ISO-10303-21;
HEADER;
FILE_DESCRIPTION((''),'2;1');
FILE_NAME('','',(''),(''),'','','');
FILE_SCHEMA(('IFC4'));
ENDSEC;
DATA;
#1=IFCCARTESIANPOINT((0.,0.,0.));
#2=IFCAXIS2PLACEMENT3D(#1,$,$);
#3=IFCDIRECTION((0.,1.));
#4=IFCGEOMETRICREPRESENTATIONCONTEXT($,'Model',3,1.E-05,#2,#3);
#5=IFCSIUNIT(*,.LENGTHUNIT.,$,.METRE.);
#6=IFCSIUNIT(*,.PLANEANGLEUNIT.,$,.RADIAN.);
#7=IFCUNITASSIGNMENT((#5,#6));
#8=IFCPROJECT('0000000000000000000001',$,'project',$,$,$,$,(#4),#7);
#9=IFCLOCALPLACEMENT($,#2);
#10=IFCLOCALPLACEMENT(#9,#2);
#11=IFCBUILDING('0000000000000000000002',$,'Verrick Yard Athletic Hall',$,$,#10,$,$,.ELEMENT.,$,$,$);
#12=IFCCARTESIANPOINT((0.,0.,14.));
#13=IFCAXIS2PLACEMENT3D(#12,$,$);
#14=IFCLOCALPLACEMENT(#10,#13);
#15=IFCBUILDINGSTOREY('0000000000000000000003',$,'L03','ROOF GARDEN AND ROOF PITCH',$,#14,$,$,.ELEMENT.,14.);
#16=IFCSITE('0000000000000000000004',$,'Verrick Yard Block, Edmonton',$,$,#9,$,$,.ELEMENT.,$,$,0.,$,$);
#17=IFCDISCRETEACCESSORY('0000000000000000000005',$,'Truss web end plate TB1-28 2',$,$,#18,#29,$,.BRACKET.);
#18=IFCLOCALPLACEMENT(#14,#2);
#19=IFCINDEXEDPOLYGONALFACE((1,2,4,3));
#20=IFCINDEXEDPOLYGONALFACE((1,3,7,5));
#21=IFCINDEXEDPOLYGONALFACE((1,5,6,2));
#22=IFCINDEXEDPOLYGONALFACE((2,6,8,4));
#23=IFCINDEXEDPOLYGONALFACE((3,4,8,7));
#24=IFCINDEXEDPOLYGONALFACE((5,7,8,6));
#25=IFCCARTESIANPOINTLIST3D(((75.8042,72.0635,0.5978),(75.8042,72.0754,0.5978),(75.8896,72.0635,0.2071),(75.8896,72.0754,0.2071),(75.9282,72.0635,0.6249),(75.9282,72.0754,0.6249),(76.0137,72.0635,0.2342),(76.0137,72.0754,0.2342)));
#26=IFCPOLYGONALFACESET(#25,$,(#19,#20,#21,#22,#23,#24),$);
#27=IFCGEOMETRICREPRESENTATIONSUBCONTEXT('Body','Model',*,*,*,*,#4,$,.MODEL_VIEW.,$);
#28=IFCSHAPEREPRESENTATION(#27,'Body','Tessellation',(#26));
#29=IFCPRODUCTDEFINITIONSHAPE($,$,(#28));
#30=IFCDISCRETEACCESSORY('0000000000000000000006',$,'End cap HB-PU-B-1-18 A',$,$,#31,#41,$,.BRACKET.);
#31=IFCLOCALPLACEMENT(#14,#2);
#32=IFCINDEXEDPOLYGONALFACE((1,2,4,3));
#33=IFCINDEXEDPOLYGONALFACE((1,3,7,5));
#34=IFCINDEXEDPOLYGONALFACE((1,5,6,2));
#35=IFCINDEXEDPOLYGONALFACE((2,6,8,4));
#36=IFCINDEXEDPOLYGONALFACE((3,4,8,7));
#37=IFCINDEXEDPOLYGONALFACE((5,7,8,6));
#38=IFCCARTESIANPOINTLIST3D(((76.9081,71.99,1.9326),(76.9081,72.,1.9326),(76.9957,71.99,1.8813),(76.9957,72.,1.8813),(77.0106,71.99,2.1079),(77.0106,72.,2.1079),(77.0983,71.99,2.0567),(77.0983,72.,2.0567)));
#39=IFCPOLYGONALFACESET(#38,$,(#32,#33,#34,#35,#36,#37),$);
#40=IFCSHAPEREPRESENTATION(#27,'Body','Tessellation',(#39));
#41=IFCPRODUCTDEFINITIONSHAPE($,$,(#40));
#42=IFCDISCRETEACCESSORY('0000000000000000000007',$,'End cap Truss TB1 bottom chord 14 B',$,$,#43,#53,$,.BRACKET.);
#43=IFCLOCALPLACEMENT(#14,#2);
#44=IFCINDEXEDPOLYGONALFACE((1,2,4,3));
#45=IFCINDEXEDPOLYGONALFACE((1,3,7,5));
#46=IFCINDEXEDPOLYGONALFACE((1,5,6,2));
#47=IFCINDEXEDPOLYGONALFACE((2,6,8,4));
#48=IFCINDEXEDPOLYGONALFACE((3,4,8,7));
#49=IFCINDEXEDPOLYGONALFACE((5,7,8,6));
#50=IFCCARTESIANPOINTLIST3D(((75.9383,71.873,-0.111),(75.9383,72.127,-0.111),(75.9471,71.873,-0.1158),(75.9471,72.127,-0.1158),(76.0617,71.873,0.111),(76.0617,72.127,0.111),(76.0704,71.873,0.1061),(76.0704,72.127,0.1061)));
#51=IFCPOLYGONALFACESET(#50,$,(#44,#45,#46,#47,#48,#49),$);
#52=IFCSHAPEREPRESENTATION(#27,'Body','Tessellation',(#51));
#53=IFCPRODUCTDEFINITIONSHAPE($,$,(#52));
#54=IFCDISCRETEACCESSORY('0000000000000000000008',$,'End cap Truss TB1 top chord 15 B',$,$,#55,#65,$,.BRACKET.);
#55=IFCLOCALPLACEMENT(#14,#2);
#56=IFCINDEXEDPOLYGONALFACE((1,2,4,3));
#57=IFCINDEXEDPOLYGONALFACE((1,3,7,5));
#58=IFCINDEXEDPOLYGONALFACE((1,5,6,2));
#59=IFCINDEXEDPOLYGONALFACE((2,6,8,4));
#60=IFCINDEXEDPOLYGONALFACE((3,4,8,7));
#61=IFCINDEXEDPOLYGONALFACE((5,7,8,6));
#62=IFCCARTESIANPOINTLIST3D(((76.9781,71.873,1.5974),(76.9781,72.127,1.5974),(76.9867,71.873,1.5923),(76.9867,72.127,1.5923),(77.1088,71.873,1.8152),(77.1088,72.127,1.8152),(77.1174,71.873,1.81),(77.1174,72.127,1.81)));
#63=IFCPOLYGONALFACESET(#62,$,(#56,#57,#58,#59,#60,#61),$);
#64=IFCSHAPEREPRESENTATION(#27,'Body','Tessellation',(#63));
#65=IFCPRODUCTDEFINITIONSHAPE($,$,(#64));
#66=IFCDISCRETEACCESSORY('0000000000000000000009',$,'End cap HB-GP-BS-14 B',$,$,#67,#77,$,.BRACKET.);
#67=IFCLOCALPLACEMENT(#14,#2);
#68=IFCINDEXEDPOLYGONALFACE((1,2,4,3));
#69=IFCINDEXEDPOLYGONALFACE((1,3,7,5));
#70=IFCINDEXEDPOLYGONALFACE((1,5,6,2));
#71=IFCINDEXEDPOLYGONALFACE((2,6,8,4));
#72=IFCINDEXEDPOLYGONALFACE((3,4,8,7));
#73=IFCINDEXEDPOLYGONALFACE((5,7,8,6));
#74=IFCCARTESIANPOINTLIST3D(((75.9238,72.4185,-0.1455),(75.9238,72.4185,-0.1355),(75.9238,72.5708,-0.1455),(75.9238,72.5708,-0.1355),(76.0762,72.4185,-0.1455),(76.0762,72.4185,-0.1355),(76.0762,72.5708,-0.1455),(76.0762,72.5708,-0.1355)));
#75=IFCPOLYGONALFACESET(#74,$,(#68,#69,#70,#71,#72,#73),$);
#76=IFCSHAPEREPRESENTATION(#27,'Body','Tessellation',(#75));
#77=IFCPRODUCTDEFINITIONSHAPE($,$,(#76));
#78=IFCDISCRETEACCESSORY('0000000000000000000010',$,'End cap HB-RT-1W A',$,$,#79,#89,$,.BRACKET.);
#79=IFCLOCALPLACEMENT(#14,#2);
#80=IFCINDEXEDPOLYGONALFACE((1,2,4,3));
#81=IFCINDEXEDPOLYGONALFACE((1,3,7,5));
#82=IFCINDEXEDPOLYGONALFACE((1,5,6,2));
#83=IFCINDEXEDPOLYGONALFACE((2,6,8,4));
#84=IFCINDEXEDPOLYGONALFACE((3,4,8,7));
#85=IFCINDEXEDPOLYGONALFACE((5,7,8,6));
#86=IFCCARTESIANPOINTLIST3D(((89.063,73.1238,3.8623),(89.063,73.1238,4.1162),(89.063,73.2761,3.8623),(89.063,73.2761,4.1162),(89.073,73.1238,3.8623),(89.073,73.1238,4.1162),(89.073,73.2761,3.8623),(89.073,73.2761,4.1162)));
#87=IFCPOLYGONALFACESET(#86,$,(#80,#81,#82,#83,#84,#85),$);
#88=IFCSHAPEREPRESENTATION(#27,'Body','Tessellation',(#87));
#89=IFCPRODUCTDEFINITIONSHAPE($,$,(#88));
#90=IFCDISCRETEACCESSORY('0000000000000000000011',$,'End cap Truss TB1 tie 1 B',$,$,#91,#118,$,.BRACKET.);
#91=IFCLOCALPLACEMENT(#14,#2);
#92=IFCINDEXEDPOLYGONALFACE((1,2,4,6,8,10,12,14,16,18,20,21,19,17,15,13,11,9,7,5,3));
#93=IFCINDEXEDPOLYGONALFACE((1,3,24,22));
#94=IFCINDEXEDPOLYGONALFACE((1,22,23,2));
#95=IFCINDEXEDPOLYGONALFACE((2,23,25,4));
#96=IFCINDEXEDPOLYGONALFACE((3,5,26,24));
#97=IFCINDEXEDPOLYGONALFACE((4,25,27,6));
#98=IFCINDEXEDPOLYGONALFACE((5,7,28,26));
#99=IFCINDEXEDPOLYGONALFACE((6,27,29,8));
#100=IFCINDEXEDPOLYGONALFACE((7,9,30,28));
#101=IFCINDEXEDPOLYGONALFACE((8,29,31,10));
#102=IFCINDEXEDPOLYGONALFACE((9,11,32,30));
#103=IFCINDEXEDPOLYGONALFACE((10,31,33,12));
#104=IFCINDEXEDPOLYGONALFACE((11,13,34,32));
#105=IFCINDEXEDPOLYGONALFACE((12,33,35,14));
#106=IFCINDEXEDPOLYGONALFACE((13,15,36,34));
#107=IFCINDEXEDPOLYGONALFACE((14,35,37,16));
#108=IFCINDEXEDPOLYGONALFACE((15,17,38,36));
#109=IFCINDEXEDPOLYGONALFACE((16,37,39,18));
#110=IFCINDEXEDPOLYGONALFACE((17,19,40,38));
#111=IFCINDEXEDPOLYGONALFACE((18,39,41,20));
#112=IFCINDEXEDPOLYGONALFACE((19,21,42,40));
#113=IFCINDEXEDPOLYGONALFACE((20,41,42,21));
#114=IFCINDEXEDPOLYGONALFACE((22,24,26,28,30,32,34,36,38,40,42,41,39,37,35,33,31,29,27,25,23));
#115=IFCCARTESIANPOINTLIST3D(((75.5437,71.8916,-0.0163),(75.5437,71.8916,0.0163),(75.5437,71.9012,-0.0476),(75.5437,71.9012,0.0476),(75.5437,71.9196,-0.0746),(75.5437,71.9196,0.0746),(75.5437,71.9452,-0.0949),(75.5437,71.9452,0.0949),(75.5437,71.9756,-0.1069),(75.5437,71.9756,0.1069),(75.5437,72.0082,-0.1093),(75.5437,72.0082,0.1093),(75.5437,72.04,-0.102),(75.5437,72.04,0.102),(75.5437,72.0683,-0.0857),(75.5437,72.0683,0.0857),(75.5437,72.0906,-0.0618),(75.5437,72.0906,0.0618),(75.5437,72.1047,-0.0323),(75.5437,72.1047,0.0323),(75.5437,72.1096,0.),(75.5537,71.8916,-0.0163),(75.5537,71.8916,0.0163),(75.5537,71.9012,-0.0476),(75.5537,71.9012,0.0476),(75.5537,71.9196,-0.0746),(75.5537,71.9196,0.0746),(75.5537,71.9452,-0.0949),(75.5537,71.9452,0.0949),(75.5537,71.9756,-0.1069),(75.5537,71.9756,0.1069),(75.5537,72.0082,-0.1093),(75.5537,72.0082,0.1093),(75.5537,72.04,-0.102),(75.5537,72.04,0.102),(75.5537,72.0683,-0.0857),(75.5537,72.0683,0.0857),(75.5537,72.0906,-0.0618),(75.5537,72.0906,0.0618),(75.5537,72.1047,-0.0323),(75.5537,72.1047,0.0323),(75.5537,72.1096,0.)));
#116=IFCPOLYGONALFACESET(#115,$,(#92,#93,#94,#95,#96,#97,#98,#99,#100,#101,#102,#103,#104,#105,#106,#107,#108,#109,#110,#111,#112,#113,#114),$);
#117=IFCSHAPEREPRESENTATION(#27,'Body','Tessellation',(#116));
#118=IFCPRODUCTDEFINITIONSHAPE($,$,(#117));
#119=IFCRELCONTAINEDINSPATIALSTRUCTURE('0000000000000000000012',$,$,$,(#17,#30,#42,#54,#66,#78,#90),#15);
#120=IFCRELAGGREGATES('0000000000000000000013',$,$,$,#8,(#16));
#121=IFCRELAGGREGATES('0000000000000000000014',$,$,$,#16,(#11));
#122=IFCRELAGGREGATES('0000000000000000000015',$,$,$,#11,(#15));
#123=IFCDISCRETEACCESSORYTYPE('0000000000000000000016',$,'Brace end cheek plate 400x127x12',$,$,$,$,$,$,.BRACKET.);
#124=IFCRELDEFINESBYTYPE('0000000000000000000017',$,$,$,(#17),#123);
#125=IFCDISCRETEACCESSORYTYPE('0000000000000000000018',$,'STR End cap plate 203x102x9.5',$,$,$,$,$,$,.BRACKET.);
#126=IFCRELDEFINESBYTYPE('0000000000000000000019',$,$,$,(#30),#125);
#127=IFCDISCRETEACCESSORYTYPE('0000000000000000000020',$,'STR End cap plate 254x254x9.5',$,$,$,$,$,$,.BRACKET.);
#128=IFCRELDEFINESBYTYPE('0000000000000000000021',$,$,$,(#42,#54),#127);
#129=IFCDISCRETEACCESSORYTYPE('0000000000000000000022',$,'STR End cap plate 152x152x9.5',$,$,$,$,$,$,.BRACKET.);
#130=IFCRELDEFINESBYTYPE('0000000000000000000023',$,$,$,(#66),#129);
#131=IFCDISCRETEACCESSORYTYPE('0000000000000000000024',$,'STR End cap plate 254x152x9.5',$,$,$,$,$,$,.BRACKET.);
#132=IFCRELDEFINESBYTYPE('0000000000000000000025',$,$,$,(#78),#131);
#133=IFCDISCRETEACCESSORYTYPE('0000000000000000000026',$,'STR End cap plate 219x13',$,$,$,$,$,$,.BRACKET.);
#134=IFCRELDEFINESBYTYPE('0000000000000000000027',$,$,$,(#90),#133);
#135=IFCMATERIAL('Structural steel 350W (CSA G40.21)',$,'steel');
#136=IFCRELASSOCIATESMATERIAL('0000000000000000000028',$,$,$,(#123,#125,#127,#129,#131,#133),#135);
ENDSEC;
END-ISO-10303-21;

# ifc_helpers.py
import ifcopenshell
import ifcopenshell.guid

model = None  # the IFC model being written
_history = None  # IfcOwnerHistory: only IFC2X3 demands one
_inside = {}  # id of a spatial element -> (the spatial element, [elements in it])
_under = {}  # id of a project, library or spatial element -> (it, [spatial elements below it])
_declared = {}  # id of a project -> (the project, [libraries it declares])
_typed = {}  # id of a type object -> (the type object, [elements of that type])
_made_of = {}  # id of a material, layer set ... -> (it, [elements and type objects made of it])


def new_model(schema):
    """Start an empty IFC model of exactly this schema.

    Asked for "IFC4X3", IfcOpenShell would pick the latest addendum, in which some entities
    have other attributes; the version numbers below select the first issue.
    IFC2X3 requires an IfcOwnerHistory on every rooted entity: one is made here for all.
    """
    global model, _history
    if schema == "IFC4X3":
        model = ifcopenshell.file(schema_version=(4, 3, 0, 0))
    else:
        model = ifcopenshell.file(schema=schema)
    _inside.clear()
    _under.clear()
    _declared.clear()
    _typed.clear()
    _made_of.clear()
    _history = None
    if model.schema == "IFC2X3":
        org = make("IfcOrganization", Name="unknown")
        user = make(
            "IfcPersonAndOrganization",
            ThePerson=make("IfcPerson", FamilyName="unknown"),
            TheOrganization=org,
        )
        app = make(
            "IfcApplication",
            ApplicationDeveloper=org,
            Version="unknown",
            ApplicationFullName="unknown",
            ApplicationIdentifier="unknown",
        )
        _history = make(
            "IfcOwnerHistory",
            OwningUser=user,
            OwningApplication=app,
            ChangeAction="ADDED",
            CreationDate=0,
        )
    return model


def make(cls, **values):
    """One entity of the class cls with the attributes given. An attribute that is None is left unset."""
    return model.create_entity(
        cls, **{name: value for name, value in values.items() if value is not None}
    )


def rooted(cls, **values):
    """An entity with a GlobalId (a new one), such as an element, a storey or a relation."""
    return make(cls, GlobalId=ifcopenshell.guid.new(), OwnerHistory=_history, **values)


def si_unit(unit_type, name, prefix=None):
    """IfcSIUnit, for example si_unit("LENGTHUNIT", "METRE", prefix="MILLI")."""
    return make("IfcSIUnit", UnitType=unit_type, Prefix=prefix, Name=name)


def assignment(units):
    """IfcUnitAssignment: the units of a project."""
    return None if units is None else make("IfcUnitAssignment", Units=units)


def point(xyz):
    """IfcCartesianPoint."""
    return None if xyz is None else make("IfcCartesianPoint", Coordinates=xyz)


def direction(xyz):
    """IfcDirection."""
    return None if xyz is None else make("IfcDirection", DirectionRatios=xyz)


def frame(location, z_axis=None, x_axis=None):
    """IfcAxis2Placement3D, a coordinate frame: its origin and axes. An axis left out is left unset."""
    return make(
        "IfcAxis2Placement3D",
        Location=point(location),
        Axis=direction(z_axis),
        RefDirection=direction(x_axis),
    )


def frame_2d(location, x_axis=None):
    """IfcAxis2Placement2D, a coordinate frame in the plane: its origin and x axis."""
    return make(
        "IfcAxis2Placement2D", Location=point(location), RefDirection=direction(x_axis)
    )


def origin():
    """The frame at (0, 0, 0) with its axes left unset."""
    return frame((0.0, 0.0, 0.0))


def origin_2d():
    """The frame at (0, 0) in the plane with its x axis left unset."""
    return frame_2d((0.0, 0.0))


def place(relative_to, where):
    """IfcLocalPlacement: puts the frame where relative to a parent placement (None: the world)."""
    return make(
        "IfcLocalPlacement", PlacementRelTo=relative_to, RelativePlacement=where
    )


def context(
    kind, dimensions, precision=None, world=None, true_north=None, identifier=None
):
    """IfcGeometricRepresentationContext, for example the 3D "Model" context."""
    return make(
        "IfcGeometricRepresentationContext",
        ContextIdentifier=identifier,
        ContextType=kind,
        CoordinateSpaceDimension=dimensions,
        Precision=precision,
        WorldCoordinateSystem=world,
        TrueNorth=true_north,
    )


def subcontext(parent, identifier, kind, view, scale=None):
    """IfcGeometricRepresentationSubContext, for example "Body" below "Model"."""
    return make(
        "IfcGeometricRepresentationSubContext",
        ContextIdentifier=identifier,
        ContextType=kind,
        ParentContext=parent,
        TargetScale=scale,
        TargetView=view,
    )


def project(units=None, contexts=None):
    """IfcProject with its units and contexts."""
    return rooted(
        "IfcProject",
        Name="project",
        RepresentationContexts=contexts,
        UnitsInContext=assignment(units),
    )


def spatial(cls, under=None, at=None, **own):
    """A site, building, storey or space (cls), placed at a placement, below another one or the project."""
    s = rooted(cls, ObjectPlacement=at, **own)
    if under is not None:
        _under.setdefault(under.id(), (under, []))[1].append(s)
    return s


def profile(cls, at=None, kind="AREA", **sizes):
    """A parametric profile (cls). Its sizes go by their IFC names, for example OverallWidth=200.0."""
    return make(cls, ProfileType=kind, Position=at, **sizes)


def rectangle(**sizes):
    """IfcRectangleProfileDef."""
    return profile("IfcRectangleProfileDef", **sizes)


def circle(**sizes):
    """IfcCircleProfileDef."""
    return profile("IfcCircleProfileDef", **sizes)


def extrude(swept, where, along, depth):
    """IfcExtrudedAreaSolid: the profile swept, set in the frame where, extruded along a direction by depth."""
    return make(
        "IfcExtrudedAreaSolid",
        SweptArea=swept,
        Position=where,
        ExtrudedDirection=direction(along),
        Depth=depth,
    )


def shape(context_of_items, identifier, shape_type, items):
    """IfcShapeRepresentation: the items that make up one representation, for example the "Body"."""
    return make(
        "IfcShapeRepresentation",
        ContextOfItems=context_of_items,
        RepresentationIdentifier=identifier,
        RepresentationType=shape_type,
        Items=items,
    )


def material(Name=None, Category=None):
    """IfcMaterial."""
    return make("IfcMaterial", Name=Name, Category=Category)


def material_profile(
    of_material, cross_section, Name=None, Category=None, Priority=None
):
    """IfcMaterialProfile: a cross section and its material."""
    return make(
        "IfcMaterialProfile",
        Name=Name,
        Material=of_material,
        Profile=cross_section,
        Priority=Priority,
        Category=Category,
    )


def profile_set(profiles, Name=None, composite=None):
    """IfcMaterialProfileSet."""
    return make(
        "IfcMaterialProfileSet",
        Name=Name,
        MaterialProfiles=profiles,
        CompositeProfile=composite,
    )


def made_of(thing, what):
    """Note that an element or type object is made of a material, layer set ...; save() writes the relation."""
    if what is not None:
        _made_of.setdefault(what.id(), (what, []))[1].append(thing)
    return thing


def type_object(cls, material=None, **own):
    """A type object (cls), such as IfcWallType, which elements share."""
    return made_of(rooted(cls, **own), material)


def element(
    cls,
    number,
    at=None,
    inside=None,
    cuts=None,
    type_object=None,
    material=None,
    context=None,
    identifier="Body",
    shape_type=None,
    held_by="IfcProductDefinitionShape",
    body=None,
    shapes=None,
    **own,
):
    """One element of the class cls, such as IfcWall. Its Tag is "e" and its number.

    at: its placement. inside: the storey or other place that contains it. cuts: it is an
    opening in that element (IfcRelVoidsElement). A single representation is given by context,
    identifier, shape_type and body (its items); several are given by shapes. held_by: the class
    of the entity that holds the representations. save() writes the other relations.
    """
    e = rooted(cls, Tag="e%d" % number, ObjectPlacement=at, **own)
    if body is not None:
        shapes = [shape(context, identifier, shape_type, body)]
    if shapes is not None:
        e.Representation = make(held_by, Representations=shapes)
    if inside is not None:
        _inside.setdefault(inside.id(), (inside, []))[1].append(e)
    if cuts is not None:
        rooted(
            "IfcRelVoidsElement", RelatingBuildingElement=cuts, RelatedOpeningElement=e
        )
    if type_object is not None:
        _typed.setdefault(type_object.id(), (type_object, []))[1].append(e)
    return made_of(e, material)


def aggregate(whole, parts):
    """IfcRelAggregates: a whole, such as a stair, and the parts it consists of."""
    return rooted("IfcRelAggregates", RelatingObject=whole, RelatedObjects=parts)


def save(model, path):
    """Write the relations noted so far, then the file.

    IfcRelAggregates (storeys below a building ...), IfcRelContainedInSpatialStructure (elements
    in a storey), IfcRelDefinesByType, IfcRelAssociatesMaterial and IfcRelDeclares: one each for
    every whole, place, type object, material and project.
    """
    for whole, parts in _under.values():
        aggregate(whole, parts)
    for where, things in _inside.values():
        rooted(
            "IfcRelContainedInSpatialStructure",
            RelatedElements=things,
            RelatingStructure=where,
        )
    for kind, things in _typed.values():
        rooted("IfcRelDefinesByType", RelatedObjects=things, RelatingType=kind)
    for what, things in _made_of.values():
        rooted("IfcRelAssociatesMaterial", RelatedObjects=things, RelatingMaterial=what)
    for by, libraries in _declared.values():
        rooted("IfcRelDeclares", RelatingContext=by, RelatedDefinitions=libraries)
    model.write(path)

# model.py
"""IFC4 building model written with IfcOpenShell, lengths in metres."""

from ifc_helpers import new_model, si_unit, direction, frame, origin, origin_2d, place, context, subcontext, project, spatial, rectangle, circle, extrude, material, material_profile, profile_set, type_object, element, save


model = new_model("IFC4")

# Units and contexts
model_context = context("Model", 3, precision=1e-05, world=origin(), true_north=direction((0.0, 1.0)))
body_context = subcontext(model_context, "Body", "Model", "MODEL_VIEW")
ifc_project = project(units=[si_unit("LENGTHUNIT", "METRE"), si_unit("PLANEANGLEUNIT", "RADIAN")], contexts=[model_context])

# Site, building, storey
site_placement = place(None, origin())
site = spatial("IfcSite", under=ifc_project, at=site_placement, Name="Verrick Yard Block, Edmonton", CompositionType="ELEMENT", RefElevation=0.0)
building_placement = place(site_placement, origin())
building = spatial("IfcBuilding", under=site, at=building_placement, Name="Verrick Yard Athletic Hall", CompositionType="ELEMENT")
storey_placement = place(building_placement, frame((0.0, 0.0, 14.0)))
storey = spatial("IfcBuildingStorey", under=building, at=storey_placement, Name="L03", Description="ROOF GARDEN AND ROOF PITCH", CompositionType="ELEMENT", Elevation=14.0)

# Discrete accessories
ifc_material_1 = material(Name="Structural steel 350W (CSA G40.21)", Category="steel")
ifc_material_profile_1 = material_profile(ifc_material_1, rectangle(XDim=0.3999, YDim=0.127, at=origin_2d()), Name="Brace end cheek plate")
ifc_profile_set_1 = profile_set([ifc_material_profile_1], Name="Structural steel 350W (CSA G40.21)")
discrete_accessory_type_1 = type_object("IfcDiscreteAccessoryType", Name="Brace end cheek plate 400x127x12", PredefinedType="BRACKET", material=ifc_profile_set_1)
discrete_accessory_1_placement = place(storey_placement, frame((75.9089, 72.0635, 0.416), z_axis=(0.0, 1.0, 0.0), x_axis=(-0.213605, 0.0, 0.97692)))
element("IfcDiscreteAccessory", 1, at=discrete_accessory_1_placement, inside=storey, type_object=discrete_accessory_type_1, Name="Truss web end plate TB1-28 2", PredefinedType="BRACKET", context=body_context, shape_type="SweptSolid", body=[
    extrude(rectangle(XDim=0.3999, YDim=0.127, at=origin_2d()), origin(), (0.0, 0.0, 1.0), 0.012),
])
ifc_material_profile_2 = material_profile(ifc_material_1, rectangle(XDim=0.1016, YDim=0.2031, at=origin_2d()), Name="STR End cap plate 203x102x9.5")
ifc_profile_set_2 = profile_set([ifc_material_profile_2], Name="Structural steel 350W (CSA G40.21)")
discrete_accessory_type_2 = type_object("IfcDiscreteAccessoryType", Name="STR End cap plate 203x102x9.5", PredefinedType="BRACKET", material=ifc_profile_set_2)
discrete_accessory_2_placement = place(storey_placement, frame((77.0032, 71.99, 1.9946), z_axis=(0.0, 1.0, 0.0), x_axis=(-0.863168, 0.0, 0.504917)))
element("IfcDiscreteAccessory", 2, at=discrete_accessory_2_placement, inside=storey, type_object=discrete_accessory_type_2, Name="End cap HB-PU-B-1-18 A", PredefinedType="BRACKET", context=body_context, shape_type="SweptSolid", body=[
    extrude(rectangle(XDim=0.1016, YDim=0.2031, at=origin_2d()), origin(), (0.0, 0.0, 1.0), 0.01),
])
ifc_material_profile_3 = material_profile(ifc_material_1, rectangle(XDim=0.2539, YDim=0.2539, at=origin_2d()), Name="STR End cap plate 254x254x9.5")
ifc_profile_set_3 = profile_set([ifc_material_profile_3], Name="Structural steel 350W (CSA G40.21)")
discrete_accessory_type_3 = type_object("IfcDiscreteAccessoryType", Name="STR End cap plate 254x254x9.5", PredefinedType="BRACKET", material=ifc_profile_set_3)
for number, where, z_axis, x_axis, name in (
    (3, (76.0, 72.0, 0.0), (0.874157, 0.0, -0.485643), (0.0, 1.0, 0.0), "End cap Truss TB1 bottom chord 14 B"),
    (4, (77.0435, 72.0, 1.7063), (0.857493, 0.0, -0.514496), (0.0, 1.0, 0.0), "End cap Truss TB1 top chord 15 B"),
):
    element("IfcDiscreteAccessory", number, at=place(storey_placement, frame(where, z_axis=z_axis, x_axis=x_axis)), inside=storey, type_object=discrete_accessory_type_3, Name=name, PredefinedType="BRACKET", context=body_context, shape_type="SweptSolid", body=[
        extrude(rectangle(XDim=0.2539, YDim=0.2539, at=origin_2d()), origin(), (0.0, 0.0, 1.0), 0.01),
    ])
ifc_material_profile_4 = material_profile(ifc_material_1, rectangle(XDim=0.1523, YDim=0.1523, at=origin_2d()), Name="STR End cap plate 152x152x9.5")
ifc_profile_set_4 = profile_set([ifc_material_profile_4], Name="Structural steel 350W (CSA G40.21)")
discrete_accessory_type_4 = type_object("IfcDiscreteAccessoryType", Name="STR End cap plate 152x152x9.5", PredefinedType="BRACKET", material=ifc_profile_set_4)
discrete_accessory_3_placement = place(storey_placement, frame((76.0, 72.4946, -0.1455), z_axis=(0.0, 0.0, 1.0), x_axis=(1.0, 0.0, 0.0)))
element("IfcDiscreteAccessory", 5, at=discrete_accessory_3_placement, inside=storey, type_object=discrete_accessory_type_4, Name="End cap HB-GP-BS-14 B", PredefinedType="BRACKET", context=body_context, shape_type="SweptSolid", body=[
    extrude(rectangle(XDim=0.1523, YDim=0.1523, at=origin_2d()), origin(), (0.0, 0.0, 1.0), 0.01),
])
ifc_material_profile_5 = material_profile(ifc_material_1, rectangle(XDim=0.1523, YDim=0.2539, at=origin_2d()), Name="STR End cap plate 254x152x9.5")
ifc_profile_set_5 = profile_set([ifc_material_profile_5], Name="Structural steel 350W (CSA G40.21)")
discrete_accessory_type_5 = type_object("IfcDiscreteAccessoryType", Name="STR End cap plate 254x152x9.5", PredefinedType="BRACKET", material=ifc_profile_set_5)
discrete_accessory_4_placement = place(storey_placement, frame((89.063, 73.2, 3.9893), z_axis=(1.0, 0.0, 0.0), x_axis=(0.0, 1.0, 0.0)))
element("IfcDiscreteAccessory", 6, at=discrete_accessory_4_placement, inside=storey, type_object=discrete_accessory_type_5, Name="End cap HB-RT-1W A", PredefinedType="BRACKET", context=body_context, shape_type="SweptSolid", body=[
    extrude(rectangle(XDim=0.1523, YDim=0.2539, at=origin_2d()), origin(), (0.0, 0.0, 1.0), 0.01),
])
ifc_material_profile_6 = material_profile(ifc_material_1, circle(Radius=0.1096, at=origin_2d()), Name="STR End cap plate 219x13")
ifc_profile_set_6 = profile_set([ifc_material_profile_6], Name="Structural steel 350W (CSA G40.21)")
discrete_accessory_type_6 = type_object("IfcDiscreteAccessoryType", Name="STR End cap plate 219x13", PredefinedType="BRACKET", material=ifc_profile_set_6)
discrete_accessory_5_placement = place(storey_placement, frame((75.5437, 72.0, 0.0), z_axis=(1.0, 0.0, 0.0), x_axis=(0.0, 1.0, 0.0)))
element("IfcDiscreteAccessory", 7, at=discrete_accessory_5_placement, inside=storey, type_object=discrete_accessory_type_6, Name="End cap Truss TB1 tie 1 B", PredefinedType="BRACKET", context=body_context, shape_type="SweptSolid", body=[
    extrude(circle(Radius=0.1096, at=origin_2d()), origin(), (0.0, 0.0, 1.0), 0.01),
])

save(model, "model.ifc")
